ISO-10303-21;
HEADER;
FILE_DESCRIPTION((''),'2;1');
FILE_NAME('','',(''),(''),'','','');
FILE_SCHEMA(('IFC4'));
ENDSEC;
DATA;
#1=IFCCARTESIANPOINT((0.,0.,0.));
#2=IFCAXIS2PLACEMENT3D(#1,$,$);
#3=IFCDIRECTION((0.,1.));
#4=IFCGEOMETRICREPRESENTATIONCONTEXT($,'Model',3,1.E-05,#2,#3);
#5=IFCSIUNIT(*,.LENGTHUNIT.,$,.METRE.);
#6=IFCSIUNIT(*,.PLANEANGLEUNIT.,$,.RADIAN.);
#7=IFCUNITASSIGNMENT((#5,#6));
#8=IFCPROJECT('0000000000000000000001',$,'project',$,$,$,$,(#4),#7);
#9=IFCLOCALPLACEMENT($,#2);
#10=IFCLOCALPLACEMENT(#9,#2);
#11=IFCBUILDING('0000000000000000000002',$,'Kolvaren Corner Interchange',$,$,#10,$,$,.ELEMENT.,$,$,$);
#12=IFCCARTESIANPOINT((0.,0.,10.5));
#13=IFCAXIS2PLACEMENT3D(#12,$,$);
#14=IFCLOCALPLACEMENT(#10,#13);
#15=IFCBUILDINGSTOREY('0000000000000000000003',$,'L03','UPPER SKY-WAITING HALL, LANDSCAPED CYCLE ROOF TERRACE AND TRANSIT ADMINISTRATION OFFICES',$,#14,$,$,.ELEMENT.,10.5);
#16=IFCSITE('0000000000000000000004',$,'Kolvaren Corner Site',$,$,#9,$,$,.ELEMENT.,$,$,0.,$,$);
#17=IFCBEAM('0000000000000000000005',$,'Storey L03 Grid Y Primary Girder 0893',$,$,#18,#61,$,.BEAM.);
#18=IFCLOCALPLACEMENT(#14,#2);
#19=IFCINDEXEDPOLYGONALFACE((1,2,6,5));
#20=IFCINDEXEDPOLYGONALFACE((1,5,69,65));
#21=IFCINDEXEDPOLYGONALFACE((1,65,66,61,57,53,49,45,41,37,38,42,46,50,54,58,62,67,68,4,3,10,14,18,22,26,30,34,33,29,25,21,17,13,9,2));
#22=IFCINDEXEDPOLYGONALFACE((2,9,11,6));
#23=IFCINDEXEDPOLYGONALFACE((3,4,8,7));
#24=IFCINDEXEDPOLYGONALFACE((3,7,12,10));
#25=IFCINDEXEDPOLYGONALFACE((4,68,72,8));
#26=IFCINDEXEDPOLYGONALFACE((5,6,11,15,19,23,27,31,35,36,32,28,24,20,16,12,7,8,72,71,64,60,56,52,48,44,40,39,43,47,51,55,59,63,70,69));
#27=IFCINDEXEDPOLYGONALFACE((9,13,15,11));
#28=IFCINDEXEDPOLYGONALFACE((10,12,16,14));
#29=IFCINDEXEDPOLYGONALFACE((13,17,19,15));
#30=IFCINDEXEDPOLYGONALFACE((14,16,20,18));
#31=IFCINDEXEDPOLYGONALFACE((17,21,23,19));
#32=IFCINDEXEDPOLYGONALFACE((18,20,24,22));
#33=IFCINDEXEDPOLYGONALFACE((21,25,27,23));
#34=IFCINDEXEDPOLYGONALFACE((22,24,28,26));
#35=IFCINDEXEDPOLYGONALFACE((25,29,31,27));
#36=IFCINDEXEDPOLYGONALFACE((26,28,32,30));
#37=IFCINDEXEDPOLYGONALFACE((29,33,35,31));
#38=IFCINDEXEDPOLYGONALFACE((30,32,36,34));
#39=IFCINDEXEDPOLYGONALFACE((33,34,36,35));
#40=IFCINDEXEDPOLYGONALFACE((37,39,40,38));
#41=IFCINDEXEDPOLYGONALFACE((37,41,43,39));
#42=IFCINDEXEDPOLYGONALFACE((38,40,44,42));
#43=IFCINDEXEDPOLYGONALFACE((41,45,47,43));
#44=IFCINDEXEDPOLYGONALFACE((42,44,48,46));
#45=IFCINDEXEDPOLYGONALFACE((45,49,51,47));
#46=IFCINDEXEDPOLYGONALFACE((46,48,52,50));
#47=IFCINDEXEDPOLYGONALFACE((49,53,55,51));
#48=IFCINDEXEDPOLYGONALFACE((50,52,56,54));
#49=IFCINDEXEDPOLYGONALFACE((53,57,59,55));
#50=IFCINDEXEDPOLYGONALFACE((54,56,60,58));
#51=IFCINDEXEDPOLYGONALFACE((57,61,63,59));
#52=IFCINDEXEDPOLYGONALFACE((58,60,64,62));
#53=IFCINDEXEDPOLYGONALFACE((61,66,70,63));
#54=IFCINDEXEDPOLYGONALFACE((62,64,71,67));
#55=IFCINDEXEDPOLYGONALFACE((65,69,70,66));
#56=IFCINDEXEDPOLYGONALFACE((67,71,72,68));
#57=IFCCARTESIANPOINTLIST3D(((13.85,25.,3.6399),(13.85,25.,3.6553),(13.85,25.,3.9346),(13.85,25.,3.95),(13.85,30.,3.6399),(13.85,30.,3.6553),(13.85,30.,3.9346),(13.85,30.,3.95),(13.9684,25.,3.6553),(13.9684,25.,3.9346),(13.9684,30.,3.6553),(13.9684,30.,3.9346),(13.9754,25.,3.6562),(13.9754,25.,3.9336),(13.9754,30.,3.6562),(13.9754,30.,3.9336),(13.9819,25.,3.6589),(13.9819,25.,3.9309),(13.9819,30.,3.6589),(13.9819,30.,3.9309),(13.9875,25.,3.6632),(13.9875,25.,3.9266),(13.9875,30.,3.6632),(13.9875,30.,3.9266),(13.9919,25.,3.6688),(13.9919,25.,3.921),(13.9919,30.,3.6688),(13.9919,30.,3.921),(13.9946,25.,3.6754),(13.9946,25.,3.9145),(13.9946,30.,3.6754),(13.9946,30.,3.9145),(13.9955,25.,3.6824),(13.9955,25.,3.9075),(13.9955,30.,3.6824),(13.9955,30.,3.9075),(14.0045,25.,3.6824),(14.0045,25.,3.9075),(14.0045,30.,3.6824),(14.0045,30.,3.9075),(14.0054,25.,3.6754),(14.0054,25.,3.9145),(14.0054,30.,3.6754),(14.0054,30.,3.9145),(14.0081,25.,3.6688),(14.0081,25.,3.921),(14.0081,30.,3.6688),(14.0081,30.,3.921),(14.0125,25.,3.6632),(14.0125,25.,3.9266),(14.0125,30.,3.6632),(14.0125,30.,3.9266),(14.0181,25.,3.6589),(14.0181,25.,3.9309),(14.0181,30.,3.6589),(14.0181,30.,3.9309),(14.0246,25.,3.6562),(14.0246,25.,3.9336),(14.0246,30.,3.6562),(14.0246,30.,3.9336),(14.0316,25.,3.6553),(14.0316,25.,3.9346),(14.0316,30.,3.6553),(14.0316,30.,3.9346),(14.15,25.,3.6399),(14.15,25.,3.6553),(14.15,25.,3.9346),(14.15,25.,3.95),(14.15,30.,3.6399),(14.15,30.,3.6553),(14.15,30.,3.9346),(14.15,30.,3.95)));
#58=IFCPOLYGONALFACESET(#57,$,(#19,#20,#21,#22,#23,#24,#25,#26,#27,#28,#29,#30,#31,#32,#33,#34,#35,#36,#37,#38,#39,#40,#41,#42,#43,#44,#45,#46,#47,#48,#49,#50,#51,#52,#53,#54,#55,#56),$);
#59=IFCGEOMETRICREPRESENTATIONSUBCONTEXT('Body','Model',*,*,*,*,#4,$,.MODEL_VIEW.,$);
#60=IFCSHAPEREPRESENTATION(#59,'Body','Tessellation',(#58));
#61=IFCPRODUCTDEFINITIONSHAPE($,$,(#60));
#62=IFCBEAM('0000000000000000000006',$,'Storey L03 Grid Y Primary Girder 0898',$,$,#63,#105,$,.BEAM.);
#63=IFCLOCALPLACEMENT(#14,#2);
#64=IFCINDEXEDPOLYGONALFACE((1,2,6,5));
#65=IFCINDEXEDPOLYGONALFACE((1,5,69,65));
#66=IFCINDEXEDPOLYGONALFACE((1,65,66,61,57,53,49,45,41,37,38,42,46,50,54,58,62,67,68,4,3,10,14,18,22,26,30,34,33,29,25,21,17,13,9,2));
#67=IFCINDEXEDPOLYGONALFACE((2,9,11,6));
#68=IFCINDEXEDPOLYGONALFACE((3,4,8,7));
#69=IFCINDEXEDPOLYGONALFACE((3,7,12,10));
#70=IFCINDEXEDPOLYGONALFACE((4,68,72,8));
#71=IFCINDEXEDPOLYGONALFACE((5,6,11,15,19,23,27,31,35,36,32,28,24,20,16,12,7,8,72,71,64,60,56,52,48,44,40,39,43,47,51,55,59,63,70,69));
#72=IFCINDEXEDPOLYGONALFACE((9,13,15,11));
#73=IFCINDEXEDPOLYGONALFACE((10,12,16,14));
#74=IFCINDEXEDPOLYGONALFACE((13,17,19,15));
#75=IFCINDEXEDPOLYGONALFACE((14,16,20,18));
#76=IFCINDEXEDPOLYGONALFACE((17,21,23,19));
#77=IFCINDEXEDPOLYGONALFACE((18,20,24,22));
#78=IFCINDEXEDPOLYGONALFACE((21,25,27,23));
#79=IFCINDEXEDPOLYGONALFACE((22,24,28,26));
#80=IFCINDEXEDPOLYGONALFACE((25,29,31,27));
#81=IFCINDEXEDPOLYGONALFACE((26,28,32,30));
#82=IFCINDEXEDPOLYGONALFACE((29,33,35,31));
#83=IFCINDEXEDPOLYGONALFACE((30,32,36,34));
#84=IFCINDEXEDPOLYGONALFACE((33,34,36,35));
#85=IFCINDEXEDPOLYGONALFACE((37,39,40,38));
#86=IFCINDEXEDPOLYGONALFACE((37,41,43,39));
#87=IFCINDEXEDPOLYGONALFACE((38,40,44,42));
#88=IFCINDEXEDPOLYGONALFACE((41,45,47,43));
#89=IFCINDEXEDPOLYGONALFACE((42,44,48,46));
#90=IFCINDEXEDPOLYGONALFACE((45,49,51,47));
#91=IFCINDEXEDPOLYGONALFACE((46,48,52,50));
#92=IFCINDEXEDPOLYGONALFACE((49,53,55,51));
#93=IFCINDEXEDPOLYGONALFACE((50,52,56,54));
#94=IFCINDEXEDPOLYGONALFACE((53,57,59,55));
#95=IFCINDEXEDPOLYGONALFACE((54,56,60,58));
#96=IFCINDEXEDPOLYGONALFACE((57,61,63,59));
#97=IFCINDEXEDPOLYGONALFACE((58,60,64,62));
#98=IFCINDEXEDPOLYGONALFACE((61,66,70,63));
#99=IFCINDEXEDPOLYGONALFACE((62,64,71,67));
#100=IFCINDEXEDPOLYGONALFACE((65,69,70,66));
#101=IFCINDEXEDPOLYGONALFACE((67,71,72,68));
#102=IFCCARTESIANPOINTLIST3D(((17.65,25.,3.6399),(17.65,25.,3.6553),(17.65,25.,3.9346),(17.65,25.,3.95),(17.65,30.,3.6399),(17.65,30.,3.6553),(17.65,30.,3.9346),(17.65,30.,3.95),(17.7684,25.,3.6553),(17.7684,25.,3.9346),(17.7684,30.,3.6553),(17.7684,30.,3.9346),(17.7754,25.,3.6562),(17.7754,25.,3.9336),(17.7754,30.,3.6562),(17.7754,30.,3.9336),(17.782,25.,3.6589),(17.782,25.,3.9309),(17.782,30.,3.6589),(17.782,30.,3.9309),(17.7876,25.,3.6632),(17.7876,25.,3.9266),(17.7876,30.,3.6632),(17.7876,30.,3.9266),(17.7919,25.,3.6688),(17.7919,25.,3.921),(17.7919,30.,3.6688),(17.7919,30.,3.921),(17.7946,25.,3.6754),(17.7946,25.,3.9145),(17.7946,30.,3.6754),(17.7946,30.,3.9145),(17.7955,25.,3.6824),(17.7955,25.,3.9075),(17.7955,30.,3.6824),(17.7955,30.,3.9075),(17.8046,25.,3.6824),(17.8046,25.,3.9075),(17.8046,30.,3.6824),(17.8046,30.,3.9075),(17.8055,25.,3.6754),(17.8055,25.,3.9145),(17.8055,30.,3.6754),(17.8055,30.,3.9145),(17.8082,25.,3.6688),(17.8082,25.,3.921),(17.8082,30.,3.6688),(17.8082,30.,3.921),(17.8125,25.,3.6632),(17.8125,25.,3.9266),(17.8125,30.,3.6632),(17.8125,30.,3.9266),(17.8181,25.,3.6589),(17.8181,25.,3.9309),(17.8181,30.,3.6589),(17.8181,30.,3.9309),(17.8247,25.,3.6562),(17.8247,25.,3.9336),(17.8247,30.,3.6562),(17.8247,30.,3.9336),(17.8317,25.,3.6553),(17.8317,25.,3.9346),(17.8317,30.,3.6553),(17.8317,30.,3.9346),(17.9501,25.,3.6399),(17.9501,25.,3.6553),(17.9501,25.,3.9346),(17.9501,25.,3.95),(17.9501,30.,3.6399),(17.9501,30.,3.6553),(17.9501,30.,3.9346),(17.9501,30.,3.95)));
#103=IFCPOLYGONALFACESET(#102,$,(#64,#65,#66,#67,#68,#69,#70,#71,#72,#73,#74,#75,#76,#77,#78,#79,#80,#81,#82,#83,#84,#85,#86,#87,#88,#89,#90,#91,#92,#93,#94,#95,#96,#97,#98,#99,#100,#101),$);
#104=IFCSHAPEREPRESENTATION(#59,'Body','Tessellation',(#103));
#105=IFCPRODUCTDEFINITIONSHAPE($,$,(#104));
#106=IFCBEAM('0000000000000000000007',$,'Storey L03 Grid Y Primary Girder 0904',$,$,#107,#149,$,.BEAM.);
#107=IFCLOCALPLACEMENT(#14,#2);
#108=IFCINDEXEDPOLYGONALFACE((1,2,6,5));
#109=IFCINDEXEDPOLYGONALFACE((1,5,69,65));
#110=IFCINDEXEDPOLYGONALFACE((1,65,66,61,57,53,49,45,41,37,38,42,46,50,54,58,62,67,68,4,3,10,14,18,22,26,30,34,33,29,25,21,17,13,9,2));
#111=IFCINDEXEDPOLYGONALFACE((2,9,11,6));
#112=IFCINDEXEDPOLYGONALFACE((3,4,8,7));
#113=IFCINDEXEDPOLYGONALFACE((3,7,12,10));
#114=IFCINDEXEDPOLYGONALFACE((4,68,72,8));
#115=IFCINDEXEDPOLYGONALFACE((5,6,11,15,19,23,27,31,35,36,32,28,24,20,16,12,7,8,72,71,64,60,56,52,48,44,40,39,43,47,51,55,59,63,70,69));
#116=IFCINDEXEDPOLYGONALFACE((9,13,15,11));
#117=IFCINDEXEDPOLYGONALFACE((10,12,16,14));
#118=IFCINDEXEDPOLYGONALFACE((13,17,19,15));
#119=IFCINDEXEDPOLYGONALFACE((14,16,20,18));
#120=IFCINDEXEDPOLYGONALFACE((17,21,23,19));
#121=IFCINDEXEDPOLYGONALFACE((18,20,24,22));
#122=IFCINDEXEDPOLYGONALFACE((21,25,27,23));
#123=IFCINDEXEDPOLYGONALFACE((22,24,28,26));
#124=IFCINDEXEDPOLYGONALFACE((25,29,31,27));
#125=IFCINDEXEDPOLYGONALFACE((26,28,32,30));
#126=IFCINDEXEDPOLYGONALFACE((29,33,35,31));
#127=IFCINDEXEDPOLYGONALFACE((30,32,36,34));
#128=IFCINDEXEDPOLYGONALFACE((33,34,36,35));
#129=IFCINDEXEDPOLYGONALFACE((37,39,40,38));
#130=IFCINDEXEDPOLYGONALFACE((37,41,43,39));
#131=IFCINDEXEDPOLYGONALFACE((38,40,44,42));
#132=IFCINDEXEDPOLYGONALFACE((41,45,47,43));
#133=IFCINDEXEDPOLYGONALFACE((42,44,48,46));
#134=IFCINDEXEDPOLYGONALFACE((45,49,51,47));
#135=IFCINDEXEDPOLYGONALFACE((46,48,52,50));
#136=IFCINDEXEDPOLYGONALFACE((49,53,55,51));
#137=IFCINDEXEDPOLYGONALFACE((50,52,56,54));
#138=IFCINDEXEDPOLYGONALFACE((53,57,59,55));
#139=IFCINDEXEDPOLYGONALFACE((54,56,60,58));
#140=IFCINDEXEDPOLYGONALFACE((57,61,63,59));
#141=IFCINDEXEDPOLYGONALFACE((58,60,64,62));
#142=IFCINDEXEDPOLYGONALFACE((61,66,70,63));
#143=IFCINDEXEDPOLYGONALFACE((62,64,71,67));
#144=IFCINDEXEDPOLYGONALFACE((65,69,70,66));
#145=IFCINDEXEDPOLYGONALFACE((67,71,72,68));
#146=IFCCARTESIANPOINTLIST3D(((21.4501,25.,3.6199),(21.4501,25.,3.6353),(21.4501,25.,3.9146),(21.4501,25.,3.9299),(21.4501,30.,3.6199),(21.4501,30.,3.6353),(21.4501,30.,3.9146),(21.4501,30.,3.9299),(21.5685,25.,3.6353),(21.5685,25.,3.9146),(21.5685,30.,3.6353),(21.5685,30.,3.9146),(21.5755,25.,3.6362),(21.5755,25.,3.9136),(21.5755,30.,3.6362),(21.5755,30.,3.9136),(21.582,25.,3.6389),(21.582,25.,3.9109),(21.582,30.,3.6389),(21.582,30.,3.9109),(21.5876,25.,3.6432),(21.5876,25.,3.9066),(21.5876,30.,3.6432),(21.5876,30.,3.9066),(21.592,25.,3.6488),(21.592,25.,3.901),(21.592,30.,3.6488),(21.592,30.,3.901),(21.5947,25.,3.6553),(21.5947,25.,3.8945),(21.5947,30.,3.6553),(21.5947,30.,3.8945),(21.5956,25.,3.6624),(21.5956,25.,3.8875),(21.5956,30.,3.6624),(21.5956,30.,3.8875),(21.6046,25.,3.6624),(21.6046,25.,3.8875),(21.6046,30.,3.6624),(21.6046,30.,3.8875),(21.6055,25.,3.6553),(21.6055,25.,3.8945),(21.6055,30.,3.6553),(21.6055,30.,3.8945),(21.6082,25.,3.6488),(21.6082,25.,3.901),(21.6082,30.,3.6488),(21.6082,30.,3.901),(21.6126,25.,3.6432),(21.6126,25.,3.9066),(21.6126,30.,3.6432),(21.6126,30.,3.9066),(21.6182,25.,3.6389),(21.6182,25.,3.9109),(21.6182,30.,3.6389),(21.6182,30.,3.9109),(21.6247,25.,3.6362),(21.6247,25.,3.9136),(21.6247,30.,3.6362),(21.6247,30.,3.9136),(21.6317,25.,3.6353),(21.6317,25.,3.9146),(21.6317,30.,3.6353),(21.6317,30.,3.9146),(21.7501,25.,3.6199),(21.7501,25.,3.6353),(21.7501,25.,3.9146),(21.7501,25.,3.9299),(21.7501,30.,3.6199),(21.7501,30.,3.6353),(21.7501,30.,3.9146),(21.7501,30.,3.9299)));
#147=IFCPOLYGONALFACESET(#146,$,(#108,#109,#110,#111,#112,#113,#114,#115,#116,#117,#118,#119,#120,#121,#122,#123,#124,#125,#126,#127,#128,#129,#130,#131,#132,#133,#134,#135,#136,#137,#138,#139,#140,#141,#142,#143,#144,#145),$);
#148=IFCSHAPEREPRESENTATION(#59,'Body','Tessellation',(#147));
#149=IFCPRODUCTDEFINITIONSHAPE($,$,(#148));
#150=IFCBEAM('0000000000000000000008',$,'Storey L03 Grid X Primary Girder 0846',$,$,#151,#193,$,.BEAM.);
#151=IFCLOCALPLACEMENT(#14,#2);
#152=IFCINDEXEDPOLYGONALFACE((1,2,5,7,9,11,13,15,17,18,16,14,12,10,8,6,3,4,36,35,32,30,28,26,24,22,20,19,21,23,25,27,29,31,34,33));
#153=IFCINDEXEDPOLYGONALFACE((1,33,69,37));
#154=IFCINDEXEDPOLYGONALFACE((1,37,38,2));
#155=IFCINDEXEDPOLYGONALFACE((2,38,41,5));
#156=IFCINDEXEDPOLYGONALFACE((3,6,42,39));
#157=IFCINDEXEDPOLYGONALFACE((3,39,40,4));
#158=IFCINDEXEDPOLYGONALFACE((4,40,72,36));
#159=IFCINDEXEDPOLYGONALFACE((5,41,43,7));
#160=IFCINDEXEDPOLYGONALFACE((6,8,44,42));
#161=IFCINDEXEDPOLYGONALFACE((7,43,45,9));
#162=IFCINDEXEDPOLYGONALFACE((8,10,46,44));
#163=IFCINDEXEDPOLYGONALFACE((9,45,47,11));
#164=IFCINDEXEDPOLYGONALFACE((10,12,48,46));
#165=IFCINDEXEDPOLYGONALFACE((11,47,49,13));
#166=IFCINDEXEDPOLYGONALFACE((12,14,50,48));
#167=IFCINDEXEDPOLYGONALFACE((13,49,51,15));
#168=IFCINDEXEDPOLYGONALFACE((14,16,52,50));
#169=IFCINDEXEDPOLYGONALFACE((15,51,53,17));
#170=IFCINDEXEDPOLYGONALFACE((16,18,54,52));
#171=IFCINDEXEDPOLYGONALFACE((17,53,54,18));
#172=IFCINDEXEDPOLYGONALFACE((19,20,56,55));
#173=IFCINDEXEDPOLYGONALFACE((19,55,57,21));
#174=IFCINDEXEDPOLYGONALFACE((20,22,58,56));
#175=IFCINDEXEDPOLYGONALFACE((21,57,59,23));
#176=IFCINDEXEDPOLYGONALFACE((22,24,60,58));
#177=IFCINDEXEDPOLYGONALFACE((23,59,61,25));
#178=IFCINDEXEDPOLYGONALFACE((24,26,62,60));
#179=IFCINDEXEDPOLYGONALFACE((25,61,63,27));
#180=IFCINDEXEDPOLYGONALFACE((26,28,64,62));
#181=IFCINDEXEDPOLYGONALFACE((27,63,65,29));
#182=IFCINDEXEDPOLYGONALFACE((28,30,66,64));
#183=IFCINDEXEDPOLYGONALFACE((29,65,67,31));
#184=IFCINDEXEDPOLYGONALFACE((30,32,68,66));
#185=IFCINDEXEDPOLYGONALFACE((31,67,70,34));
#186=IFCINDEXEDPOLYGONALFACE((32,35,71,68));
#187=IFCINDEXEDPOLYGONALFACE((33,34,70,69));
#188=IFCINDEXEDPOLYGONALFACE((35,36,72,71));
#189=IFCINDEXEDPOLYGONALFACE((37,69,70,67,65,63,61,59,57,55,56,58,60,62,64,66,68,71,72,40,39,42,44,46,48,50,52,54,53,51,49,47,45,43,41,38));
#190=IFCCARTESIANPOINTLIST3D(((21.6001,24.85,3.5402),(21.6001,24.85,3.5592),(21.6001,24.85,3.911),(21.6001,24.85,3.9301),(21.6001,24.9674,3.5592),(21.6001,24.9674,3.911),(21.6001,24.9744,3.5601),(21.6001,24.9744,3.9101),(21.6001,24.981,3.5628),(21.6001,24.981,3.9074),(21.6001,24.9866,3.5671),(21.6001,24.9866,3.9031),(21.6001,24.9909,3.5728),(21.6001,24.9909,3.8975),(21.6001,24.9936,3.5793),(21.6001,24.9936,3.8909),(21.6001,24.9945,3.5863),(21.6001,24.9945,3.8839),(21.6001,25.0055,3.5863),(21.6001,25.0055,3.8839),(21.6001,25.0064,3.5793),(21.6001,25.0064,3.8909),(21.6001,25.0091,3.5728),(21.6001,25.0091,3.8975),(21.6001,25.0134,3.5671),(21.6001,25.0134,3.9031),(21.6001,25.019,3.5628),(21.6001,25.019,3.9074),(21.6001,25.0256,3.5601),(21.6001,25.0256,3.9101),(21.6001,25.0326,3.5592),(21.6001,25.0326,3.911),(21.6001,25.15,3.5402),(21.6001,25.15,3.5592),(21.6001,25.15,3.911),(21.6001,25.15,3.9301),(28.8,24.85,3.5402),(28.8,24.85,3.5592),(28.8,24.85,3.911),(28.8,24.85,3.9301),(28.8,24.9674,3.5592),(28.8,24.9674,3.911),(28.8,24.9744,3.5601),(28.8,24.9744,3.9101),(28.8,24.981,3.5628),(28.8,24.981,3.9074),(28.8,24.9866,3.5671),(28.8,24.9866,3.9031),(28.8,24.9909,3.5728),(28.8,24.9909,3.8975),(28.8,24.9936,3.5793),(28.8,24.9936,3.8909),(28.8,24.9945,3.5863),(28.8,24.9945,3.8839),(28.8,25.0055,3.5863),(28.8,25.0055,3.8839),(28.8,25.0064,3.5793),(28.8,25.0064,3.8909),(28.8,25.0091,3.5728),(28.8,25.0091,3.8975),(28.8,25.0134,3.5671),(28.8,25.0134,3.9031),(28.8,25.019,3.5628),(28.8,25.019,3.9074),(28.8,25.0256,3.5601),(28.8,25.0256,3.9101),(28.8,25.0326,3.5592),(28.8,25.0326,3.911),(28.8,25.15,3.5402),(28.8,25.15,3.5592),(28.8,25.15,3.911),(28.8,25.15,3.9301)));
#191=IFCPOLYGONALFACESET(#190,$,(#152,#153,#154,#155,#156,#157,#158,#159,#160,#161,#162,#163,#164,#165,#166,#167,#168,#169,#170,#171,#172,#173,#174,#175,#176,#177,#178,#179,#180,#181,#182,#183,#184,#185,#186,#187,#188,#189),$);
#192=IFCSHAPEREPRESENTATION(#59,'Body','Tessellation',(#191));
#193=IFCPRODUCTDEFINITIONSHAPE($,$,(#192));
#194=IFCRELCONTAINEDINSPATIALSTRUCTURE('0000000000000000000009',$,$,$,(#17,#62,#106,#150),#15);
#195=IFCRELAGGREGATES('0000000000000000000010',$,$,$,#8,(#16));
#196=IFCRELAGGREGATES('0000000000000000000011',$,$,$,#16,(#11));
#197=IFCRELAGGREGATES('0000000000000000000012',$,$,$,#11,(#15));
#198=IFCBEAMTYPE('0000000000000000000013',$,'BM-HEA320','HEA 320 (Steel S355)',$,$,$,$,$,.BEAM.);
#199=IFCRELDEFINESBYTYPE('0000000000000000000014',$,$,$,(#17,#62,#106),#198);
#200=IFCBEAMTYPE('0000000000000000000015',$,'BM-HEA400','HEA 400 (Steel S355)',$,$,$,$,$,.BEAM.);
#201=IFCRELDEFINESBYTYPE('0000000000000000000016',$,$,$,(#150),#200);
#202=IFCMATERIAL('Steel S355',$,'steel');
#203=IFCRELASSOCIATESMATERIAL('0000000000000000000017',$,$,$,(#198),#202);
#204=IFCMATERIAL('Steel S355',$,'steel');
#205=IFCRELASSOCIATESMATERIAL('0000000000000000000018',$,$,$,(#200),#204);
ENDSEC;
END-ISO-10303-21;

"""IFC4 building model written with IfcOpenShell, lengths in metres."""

from ifc_helpers import new_model, si_unit, direction, frame, origin, origin_2d, place, context, subcontext, project, spatial, i_section, extrude, material, material_profile, profile_set, type_object, element, save


model = new_model("IFC4")

# Units and contexts
model_context = context("Model", 3, precision=1e-05, world=origin(), true_north=direction((0.0, 1.0)))
body_context = subcontext(model_context, "Body", "Model", "MODEL_VIEW")
ifc_project = project(units=[si_unit("LENGTHUNIT", "METRE"), si_unit("PLANEANGLEUNIT", "RADIAN")], contexts=[model_context])

# Site, building, storey
site_placement = place(None, origin())
site = spatial("IfcSite", under=ifc_project, at=site_placement, Name="Kolvaren Corner Site", CompositionType="ELEMENT", RefElevation=0.0)
building_placement = place(site_placement, origin())
building = spatial("IfcBuilding", under=site, at=building_placement, Name="Kolvaren Corner Interchange", CompositionType="ELEMENT")
storey_placement = place(building_placement, frame((0.0, 0.0, 10.5)))
storey = spatial("IfcBuildingStorey", under=building, at=storey_placement, Name="L03", Description="UPPER SKY-WAITING HALL, LANDSCAPED CYCLE ROOF TERRACE AND TRANSIT ADMINISTRATION OFFICES", CompositionType="ELEMENT", Elevation=10.5)

# Beams
ifc_material_1 = material(Name="Steel S355", Category="steel")
ifc_material_profile_1 = material_profile(ifc_material_1, i_section(OverallWidth=0.3, OverallDepth=0.3101, WebThickness=0.009, FlangeThickness=0.0154, FilletRadius=0.0271, at=origin_2d()), Name="HEA 320")
ifc_profile_set_1 = profile_set([ifc_material_profile_1], Name="Steel S355")
beam_type_1 = type_object("IfcBeamType", Name="BM-HEA320", Description="HEA 320 (Steel S355)", PredefinedType="BEAM", material=ifc_profile_set_1)
for number, where, z_axis, x_axis, name in (
    (1, (14.0, 25.0, 3.7949), (0.0, 1.0, 0.0), (-1.0, 0.0, 0.0), "Storey L03 Grid Y Primary Girder 0893"),
    (2, (17.8, 25.0, 3.7949), (0.0, 1.0, 0.0), (-1.0, 0.0, 0.0), "Storey L03 Grid Y Primary Girder 0898"),
    (3, (21.6001, 25.0, 3.7749), (0.0, 1.0, 0.0), (-1.0, 0.0, 0.0), "Storey L03 Grid Y Primary Girder 0904"),
):
    element("IfcBeam", number, at=place(storey_placement, frame(where, z_axis=z_axis, x_axis=x_axis)), inside=storey, type_object=beam_type_1, Name=name, PredefinedType="BEAM", context=body_context, shape_type="SweptSolid", body=[
        extrude(i_section(OverallWidth=0.3, OverallDepth=0.3101, WebThickness=0.009, FlangeThickness=0.0154, FilletRadius=0.0271, at=origin_2d()), origin(), (0.0, 0.0, 1.0), 5.0),
    ])
ifc_material_2 = material(Name="Steel S355", Category="steel")
ifc_material_profile_2 = material_profile(ifc_material_2, i_section(OverallWidth=0.3, OverallDepth=0.3899, WebThickness=0.011, FlangeThickness=0.019, FilletRadius=0.0271, at=origin_2d()), Name="HEA 400")
ifc_profile_set_2 = profile_set([ifc_material_profile_2], Name="Steel S355")
beam_type_2 = type_object("IfcBeamType", Name="BM-HEA400", Description="HEA 400 (Steel S355)", PredefinedType="BEAM", material=ifc_profile_set_2)
beam_1_placement = place(storey_placement, frame((21.6001, 25.0, 3.7351), z_axis=(1.0, 0.0, 0.0), x_axis=(0.0, 1.0, 0.0)))
element("IfcBeam", 4, at=beam_1_placement, inside=storey, type_object=beam_type_2, Name="Storey L03 Grid X Primary Girder 0846", PredefinedType="BEAM", context=body_context, shape_type="SweptSolid", body=[
    extrude(i_section(OverallWidth=0.3, OverallDepth=0.3899, WebThickness=0.011, FlangeThickness=0.019, FilletRadius=0.0271, at=origin_2d()), origin(), (0.0, 0.0, 1.0), 7.2),
])

save(model, "model.ifc")
